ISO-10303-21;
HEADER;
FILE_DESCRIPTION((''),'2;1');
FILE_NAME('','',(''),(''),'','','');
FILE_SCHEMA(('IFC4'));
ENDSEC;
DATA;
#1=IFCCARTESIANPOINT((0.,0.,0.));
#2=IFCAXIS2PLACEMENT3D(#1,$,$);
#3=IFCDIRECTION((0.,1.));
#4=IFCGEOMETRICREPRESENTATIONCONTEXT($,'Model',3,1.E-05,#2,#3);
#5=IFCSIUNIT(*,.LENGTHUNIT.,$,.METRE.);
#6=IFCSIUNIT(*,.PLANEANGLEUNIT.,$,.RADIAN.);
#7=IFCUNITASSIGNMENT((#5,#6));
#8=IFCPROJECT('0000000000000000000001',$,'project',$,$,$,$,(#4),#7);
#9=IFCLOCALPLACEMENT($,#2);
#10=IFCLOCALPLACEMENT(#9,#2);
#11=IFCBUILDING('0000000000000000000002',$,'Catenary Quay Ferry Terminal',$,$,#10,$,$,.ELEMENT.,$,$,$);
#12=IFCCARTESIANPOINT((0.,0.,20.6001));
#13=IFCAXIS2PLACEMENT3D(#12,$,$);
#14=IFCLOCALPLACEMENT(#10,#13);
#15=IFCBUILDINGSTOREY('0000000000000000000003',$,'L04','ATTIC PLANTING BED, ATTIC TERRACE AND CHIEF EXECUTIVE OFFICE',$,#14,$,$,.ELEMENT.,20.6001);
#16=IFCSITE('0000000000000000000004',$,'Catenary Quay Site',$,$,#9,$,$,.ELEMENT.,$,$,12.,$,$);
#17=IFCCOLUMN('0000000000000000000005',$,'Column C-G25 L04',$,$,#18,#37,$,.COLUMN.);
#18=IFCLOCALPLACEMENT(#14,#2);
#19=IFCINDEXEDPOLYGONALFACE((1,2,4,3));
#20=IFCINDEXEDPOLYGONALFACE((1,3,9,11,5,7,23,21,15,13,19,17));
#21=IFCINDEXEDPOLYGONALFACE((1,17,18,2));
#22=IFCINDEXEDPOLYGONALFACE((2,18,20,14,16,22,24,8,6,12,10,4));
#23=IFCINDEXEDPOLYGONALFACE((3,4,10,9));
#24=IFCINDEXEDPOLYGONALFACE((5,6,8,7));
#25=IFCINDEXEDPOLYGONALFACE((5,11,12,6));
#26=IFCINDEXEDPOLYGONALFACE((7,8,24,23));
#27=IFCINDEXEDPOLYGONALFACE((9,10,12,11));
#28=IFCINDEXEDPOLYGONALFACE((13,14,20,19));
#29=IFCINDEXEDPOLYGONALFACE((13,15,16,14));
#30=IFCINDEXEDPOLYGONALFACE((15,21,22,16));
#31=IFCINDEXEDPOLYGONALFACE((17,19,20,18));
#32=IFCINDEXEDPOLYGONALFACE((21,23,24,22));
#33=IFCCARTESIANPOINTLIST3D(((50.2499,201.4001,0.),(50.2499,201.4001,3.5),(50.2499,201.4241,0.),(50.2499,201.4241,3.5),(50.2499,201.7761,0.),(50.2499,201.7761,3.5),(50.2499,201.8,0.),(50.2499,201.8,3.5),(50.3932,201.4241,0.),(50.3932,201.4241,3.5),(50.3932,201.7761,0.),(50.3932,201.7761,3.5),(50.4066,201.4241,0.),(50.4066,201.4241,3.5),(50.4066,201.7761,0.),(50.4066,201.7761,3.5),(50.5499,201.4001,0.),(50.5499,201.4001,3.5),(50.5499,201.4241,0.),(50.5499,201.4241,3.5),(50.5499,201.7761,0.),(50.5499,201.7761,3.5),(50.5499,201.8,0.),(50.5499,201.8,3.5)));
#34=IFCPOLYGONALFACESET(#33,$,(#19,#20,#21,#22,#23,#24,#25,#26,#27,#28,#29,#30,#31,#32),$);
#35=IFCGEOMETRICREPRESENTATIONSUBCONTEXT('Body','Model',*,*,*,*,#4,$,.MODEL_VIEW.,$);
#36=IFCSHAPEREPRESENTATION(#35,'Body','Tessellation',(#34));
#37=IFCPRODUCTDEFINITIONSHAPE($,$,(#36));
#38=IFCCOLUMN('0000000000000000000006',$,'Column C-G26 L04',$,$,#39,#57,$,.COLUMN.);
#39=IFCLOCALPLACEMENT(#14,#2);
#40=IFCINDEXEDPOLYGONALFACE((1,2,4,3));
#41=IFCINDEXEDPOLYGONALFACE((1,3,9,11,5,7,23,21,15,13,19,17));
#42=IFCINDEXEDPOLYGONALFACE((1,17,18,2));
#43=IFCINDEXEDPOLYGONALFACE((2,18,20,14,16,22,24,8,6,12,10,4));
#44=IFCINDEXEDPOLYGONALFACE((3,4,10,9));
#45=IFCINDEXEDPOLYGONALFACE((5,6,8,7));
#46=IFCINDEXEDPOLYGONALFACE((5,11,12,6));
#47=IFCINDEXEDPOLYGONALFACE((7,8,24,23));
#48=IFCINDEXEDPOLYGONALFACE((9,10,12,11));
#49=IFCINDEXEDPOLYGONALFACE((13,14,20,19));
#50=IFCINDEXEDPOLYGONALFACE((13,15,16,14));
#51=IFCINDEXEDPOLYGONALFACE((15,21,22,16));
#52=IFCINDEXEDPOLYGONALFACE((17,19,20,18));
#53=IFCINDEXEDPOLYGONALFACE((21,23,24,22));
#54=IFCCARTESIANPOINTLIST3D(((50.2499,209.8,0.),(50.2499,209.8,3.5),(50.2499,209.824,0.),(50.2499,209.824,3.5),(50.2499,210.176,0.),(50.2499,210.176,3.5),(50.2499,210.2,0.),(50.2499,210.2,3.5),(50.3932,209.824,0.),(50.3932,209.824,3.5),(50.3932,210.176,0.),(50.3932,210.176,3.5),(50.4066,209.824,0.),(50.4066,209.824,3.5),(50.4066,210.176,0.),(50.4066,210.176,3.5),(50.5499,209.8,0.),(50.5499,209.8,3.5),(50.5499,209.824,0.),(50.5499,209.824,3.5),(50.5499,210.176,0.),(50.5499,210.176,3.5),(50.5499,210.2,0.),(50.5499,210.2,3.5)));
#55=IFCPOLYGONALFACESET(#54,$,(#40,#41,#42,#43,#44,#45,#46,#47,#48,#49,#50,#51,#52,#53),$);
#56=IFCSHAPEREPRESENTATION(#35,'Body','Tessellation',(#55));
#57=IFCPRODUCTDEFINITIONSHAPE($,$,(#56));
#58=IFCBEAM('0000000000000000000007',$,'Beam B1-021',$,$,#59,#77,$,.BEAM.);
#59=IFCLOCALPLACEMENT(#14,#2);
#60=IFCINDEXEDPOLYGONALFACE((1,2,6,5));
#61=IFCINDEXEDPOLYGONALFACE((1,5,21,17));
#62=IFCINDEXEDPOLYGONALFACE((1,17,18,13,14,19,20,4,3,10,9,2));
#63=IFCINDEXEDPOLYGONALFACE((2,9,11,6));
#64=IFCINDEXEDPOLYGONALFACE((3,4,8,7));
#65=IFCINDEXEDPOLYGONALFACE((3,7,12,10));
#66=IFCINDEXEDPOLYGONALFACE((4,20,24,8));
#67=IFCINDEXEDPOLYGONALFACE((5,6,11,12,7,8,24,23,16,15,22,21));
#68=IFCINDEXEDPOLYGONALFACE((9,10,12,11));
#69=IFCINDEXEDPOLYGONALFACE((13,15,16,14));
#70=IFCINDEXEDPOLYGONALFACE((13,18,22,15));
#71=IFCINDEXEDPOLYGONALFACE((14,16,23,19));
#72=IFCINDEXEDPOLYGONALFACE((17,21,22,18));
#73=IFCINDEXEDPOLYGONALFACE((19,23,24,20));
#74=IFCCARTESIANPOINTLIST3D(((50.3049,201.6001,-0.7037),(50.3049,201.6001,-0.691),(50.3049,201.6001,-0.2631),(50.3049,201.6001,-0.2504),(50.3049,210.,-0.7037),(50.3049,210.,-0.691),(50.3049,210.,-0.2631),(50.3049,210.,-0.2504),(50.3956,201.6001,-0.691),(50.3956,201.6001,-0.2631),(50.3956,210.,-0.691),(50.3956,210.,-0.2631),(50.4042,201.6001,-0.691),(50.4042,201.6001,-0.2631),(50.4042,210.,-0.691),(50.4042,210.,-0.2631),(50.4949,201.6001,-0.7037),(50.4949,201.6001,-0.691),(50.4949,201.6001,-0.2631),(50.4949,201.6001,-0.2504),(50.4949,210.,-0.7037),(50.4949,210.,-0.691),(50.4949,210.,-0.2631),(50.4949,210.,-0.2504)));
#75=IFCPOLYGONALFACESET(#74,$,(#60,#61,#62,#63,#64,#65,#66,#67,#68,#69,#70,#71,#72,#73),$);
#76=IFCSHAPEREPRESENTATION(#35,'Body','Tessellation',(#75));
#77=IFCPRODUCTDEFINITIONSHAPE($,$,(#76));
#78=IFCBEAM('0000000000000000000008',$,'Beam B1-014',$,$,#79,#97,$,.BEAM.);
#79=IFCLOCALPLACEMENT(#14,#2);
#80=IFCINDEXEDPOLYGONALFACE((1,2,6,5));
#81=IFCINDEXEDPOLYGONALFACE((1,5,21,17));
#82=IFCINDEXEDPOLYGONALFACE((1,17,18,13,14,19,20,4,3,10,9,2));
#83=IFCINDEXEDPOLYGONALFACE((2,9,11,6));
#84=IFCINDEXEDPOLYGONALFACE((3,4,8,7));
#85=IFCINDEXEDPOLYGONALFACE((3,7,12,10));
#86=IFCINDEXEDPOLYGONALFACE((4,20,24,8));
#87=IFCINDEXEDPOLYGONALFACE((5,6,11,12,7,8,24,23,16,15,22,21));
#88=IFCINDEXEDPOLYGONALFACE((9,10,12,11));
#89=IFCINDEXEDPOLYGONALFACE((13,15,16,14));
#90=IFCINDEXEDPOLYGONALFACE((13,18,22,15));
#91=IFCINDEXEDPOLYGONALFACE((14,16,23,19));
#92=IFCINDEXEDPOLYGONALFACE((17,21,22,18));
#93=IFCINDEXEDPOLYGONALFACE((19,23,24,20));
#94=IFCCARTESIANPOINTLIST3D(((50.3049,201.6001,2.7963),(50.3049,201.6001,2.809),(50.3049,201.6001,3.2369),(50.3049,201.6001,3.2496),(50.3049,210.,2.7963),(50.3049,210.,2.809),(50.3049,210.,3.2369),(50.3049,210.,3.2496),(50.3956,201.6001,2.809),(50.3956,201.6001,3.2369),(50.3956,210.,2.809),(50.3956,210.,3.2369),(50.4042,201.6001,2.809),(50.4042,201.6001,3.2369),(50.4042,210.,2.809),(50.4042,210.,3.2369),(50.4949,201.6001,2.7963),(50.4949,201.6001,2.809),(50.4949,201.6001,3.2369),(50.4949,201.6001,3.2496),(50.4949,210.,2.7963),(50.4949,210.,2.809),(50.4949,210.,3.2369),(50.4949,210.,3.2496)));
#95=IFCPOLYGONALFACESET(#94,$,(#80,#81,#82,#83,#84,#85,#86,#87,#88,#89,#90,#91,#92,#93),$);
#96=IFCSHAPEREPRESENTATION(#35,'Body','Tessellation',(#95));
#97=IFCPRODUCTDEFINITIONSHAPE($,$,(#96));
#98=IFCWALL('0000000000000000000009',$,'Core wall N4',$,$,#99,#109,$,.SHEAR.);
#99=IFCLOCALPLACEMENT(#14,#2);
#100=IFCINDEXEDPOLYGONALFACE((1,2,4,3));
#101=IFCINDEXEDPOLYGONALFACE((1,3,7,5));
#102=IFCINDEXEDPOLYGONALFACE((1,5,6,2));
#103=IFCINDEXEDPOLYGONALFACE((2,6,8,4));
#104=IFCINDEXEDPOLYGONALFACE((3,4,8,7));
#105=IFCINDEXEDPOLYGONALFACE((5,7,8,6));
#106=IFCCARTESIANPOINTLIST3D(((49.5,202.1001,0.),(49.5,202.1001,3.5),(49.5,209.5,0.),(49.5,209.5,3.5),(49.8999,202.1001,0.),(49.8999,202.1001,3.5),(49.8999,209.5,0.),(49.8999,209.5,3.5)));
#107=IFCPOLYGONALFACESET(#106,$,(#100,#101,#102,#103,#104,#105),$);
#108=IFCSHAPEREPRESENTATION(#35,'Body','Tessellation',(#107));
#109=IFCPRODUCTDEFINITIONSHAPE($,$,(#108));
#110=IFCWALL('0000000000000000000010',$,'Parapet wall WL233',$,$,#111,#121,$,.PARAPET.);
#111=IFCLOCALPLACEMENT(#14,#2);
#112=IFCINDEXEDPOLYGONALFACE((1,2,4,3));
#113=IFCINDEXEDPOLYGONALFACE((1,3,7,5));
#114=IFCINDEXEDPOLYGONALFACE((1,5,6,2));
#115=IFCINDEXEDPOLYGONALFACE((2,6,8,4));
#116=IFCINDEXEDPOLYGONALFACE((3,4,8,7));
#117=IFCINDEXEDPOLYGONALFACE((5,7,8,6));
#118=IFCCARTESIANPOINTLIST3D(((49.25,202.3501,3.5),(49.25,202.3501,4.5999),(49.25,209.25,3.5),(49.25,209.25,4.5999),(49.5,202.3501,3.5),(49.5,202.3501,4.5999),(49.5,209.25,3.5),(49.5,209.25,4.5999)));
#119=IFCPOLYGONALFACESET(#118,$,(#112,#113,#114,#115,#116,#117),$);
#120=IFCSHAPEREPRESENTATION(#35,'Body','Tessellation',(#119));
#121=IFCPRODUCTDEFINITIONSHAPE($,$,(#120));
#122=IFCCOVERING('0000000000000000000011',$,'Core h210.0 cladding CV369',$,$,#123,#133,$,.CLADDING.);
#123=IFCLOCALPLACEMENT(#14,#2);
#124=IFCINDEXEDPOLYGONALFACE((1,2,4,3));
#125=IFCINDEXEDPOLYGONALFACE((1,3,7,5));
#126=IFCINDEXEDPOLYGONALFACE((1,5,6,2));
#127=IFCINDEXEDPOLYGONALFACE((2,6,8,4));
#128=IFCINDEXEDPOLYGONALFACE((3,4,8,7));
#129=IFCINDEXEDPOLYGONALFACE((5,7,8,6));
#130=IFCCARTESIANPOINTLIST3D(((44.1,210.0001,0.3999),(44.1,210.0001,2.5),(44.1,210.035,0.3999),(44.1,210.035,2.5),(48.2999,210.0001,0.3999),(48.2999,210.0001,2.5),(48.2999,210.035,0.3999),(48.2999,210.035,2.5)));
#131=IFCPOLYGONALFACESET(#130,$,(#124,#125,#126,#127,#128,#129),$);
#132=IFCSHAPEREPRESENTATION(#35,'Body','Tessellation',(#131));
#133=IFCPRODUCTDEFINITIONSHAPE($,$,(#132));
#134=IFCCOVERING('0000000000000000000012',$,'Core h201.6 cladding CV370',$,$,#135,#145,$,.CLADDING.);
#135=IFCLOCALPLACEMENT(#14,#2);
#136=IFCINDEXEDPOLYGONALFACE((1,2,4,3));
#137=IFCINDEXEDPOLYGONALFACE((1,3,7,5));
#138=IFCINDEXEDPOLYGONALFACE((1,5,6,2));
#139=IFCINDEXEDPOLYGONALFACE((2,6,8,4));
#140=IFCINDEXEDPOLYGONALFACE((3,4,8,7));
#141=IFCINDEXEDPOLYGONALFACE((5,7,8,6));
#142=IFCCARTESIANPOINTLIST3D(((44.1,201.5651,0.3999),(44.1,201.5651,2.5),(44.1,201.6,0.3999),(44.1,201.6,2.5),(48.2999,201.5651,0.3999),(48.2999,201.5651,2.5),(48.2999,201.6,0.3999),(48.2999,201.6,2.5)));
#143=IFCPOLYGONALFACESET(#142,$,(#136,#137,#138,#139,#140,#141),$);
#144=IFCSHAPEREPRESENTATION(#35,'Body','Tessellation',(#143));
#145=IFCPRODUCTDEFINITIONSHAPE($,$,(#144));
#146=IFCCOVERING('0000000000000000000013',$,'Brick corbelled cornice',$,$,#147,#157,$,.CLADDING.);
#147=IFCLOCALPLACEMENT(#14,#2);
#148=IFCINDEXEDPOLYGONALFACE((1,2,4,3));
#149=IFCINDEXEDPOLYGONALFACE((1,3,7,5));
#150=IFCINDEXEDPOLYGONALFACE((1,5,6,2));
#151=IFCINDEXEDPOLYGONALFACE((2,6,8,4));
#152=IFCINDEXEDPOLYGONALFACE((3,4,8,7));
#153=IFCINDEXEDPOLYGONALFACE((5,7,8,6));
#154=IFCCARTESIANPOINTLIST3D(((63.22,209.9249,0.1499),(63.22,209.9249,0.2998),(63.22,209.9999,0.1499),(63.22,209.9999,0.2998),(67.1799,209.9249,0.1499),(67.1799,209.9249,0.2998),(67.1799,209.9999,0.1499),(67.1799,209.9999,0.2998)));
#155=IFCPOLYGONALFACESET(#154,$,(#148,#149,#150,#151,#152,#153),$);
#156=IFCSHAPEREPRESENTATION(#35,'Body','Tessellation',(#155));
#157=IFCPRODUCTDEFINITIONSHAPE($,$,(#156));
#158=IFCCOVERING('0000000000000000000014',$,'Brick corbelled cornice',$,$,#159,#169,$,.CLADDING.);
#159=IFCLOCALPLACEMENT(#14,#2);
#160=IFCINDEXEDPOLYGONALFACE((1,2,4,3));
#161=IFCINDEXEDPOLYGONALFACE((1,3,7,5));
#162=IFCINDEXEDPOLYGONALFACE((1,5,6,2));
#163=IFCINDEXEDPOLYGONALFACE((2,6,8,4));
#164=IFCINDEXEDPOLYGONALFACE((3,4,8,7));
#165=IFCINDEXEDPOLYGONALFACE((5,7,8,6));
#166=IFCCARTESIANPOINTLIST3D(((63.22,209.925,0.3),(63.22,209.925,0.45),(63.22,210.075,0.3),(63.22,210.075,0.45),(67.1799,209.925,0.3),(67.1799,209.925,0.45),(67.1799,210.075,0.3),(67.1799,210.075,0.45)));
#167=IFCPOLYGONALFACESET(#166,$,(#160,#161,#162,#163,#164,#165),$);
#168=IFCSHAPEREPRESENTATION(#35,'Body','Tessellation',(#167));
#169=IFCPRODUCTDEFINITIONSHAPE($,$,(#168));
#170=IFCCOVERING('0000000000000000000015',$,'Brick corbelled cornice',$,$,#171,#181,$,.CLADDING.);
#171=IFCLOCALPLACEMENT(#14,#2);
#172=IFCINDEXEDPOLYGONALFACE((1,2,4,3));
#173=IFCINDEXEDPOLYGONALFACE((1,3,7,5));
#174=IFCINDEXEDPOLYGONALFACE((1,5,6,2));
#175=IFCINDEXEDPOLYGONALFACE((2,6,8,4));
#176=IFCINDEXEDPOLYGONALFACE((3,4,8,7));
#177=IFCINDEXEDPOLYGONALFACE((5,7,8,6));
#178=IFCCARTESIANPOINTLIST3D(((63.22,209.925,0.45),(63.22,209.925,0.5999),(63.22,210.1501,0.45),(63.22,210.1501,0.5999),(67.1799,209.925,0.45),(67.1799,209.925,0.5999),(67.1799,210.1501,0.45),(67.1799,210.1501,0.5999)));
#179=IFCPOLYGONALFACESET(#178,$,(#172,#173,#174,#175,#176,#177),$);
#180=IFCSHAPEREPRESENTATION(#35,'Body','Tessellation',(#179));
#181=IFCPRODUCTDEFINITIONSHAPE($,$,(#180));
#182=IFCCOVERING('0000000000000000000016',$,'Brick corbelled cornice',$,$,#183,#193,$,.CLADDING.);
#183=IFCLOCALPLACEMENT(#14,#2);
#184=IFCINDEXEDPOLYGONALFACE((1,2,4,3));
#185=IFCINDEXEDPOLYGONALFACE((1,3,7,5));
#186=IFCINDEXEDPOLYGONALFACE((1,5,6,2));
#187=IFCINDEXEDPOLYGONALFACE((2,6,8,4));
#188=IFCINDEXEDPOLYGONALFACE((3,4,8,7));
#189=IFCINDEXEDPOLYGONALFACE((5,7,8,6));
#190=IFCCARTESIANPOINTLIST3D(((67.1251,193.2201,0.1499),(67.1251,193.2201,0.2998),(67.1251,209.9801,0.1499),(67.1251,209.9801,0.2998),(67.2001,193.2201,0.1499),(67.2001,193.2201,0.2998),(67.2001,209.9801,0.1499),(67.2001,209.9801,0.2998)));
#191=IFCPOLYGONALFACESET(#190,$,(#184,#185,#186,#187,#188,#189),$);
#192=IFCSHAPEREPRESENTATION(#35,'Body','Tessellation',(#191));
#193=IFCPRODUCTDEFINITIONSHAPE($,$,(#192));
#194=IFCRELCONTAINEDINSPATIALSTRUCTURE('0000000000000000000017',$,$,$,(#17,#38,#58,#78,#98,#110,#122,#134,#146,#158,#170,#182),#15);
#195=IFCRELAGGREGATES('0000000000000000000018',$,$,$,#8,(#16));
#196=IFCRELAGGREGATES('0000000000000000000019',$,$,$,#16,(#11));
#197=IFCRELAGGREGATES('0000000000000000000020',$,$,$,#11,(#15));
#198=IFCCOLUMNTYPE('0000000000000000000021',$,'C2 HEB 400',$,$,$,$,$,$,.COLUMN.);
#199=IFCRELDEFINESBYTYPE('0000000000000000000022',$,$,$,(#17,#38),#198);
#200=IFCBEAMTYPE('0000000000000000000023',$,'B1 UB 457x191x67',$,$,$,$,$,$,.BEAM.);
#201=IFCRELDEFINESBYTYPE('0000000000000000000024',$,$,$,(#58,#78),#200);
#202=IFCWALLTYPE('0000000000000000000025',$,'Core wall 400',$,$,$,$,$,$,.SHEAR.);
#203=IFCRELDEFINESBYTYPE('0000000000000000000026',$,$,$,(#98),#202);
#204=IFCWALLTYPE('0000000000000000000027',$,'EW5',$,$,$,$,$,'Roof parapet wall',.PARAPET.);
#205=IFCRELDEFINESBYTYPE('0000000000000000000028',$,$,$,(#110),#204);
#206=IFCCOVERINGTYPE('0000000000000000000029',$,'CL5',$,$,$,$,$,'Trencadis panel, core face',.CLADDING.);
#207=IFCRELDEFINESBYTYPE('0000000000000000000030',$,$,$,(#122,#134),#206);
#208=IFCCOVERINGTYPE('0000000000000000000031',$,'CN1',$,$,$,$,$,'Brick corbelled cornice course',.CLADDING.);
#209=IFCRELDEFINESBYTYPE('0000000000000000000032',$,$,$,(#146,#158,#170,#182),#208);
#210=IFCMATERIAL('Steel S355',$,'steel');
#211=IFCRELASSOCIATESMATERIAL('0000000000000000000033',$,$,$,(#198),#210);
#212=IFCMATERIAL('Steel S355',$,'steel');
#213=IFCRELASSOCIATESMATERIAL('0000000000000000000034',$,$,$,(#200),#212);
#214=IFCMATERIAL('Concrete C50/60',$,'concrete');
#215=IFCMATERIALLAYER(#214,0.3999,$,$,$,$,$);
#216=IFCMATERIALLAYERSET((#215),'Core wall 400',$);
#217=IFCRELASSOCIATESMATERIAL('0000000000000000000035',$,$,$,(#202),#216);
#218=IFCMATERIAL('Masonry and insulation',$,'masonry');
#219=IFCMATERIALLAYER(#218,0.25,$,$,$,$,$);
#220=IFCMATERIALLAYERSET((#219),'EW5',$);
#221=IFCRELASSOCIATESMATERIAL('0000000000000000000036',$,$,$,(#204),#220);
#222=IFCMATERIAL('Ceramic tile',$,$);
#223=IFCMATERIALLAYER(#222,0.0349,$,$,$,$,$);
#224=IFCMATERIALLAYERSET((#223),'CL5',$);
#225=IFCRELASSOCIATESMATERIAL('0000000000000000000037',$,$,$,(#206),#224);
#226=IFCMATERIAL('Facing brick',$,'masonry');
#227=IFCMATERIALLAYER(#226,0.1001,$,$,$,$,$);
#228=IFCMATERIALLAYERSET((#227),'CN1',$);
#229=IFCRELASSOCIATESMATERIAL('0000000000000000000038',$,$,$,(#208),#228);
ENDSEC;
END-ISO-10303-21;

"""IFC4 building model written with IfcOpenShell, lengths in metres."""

from ifc_helpers import new_model, si_unit, direction, frame, frame_2d, origin, origin_2d, place, context, subcontext, project, spatial, rectangle, i_section, extrude, material, layer, layer_set, material_profile, profile_set, type_object, element, save


model = new_model("IFC4")

# Units and contexts
model_context = context("Model", 3, precision=1e-05, world=origin(), true_north=direction((0.0, 1.0)))
body_context = subcontext(model_context, "Body", "Model", "MODEL_VIEW")
ifc_project = project(units=[si_unit("LENGTHUNIT", "METRE"), si_unit("PLANEANGLEUNIT", "RADIAN")], contexts=[model_context])

# Site, building, storey
site_placement = place(None, origin())
site = spatial("IfcSite", under=ifc_project, at=site_placement, Name="Catenary Quay Site", CompositionType="ELEMENT", RefElevation=12.0)
building_placement = place(site_placement, origin())
building = spatial("IfcBuilding", under=site, at=building_placement, Name="Catenary Quay Ferry Terminal", CompositionType="ELEMENT")
storey_placement = place(building_placement, frame((0.0, 0.0, 20.6001)))
storey = spatial("IfcBuildingStorey", under=building, at=storey_placement, Name="L04", Description="ATTIC PLANTING BED, ATTIC TERRACE AND CHIEF EXECUTIVE OFFICE", CompositionType="ELEMENT", Elevation=20.6001)

# Columns
ifc_material_1 = material(Name="Steel S355", Category="steel")
ifc_material_profile_1 = material_profile(ifc_material_1, i_section(OverallWidth=0.3, OverallDepth=0.3999, WebThickness=0.0134, FlangeThickness=0.0239, at=origin_2d()), Name="HEB 400")
ifc_profile_set_1 = profile_set([ifc_material_profile_1], Name="Steel S355")
column_type = type_object("IfcColumnType", Name="C2 HEB 400", PredefinedType="COLUMN", material=ifc_profile_set_1)
for number, where, z_axis, x_axis, name in (
    (1, (50.3999, 201.6001, 0.0), (0.0, 0.0, 1.0), (1.0, 0.0, 0.0), "Column C-G25 L04"),
    (2, (50.3999, 210.0, 0.0), (0.0, 0.0, 1.0), (1.0, 0.0, 0.0), "Column C-G26 L04"),
):
    element("IfcColumn", number, at=place(storey_placement, frame(where, z_axis=z_axis, x_axis=x_axis)), inside=storey, type_object=column_type, Name=name, PredefinedType="COLUMN", context=body_context, shape_type="SweptSolid", body=[
        extrude(i_section(OverallWidth=0.3, OverallDepth=0.3999, WebThickness=0.0134, FlangeThickness=0.0239, at=origin_2d()), origin(), (0.0, 0.0, 1.0), 3.5),
    ])

# Beams
ifc_material_2 = material(Name="Steel S355", Category="steel")
ifc_material_profile_2 = material_profile(ifc_material_2, i_section(OverallWidth=0.1899, OverallDepth=0.4534, WebThickness=0.0085, FlangeThickness=0.0127, at=origin_2d()), Name="UB 457x191x67")
ifc_profile_set_2 = profile_set([ifc_material_profile_2], Name="Steel S355")
beam_type = type_object("IfcBeamType", Name="B1 UB 457x191x67", PredefinedType="BEAM", material=ifc_profile_set_2)
for number, where, z_axis, x_axis, name in (
    (3, (50.3999, 201.6001, -0.4771), (0.0, 1.0, 0.0), (-1.0, 0.0, 0.0), "Beam B1-021"),
    (4, (50.3999, 201.6001, 3.0229), (0.0, 1.0, 0.0), (-1.0, 0.0, 0.0), "Beam B1-014"),
):
    element("IfcBeam", number, at=place(storey_placement, frame(where, z_axis=z_axis, x_axis=x_axis)), inside=storey, type_object=beam_type, Name=name, PredefinedType="BEAM", context=body_context, shape_type="SweptSolid", body=[
        extrude(i_section(OverallWidth=0.1899, OverallDepth=0.4534, WebThickness=0.0085, FlangeThickness=0.0127, at=origin_2d()), origin(), (0.0, 0.0, 1.0), 8.3999),
    ])

# Walls
ifc_material_3 = material(Name="Concrete C50/60", Category="concrete")
ifc_layer_1 = layer(ifc_material_3, 0.3999)
ifc_layer_set_1 = layer_set([ifc_layer_1], Name="Core wall 400")
wall_type_1 = type_object("IfcWallType", Name="Core wall 400", PredefinedType="SHEAR", material=ifc_layer_set_1)
wall_1_placement = place(storey_placement, frame((49.7, 202.1001, 0.0), z_axis=(0.0, 0.0, 1.0), x_axis=(0.0, 1.0, 0.0)))
element("IfcWall", 5, at=wall_1_placement, inside=storey, type_object=wall_type_1, Name="Core wall N4", PredefinedType="SHEAR", context=body_context, shape_type="SweptSolid", body=[
    extrude(rectangle(XDim=7.3999, YDim=0.3999, at=frame_2d((3.7, 0.0))), origin(), (0.0, 0.0, 1.0), 3.5),
])
ifc_material_4 = material(Name="Masonry and insulation", Category="masonry")
ifc_layer_2 = layer(ifc_material_4, 0.25)
ifc_layer_set_2 = layer_set([ifc_layer_2], Name="EW5")
wall_type_2 = type_object("IfcWallType", Name="EW5", ElementType="Roof parapet wall", PredefinedType="PARAPET", material=ifc_layer_set_2)
wall_2_placement = place(storey_placement, frame((49.375, 202.3501, 3.5), z_axis=(0.0, 0.0, 1.0), x_axis=(0.0, 1.0, 0.0)))
element("IfcWall", 6, at=wall_2_placement, inside=storey, type_object=wall_type_2, Name="Parapet wall WL233", PredefinedType="PARAPET", context=body_context, shape_type="SweptSolid", body=[
    extrude(rectangle(XDim=6.8999, YDim=0.25, at=frame_2d((3.45, 0.0))), origin(), (0.0, 0.0, 1.0), 1.0999),
])

# Coverings
ifc_material_5 = material(Name="Ceramic tile")
ifc_layer_3 = layer(ifc_material_5, 0.0349)
ifc_layer_set_3 = layer_set([ifc_layer_3], Name="CL5")
covering_type_1 = type_object("IfcCoveringType", Name="CL5", ElementType="Trencadis panel, core face", PredefinedType="CLADDING", material=ifc_layer_set_3)
for number, where, z_axis, x_axis, name in (
    (7, (46.2, 210.0176, 0.3999), (0.0, 0.0, 1.0), (1.0, 0.0, 0.0), "Core h210.0 cladding CV369"),
    (8, (46.2, 201.5825, 0.3999), (0.0, 0.0, 1.0), (1.0, 0.0, 0.0), "Core h201.6 cladding CV370"),
):
    element("IfcCovering", number, at=place(storey_placement, frame(where, z_axis=z_axis, x_axis=x_axis)), inside=storey, type_object=covering_type_1, Name=name, PredefinedType="CLADDING", context=body_context, shape_type="SweptSolid", body=[
        extrude(rectangle(XDim=4.2, YDim=0.0349, at=origin_2d()), origin(), (0.0, 0.0, 1.0), 2.1001),
    ])
ifc_material_6 = material(Name="Facing brick", Category="masonry")
ifc_layer_4 = layer(ifc_material_6, 0.1001)
ifc_layer_set_4 = layer_set([ifc_layer_4], Name="CN1")
covering_type_2 = type_object("IfcCoveringType", Name="CN1", ElementType="Brick corbelled cornice course", PredefinedType="CLADDING", material=ifc_layer_set_4)
covering_1_placement = place(storey_placement, frame((65.2, 209.9624, 0.1499), z_axis=(0.0, 0.0, 1.0), x_axis=(1.0, 0.0, 0.0)))
element("IfcCovering", 9, at=covering_1_placement, inside=storey, type_object=covering_type_2, Name="Brick corbelled cornice", PredefinedType="CLADDING", context=body_context, shape_type="SweptSolid", body=[
    extrude(rectangle(XDim=3.96, YDim=0.075, at=origin_2d()), origin(), (0.0, 0.0, 1.0), 0.1499),
])
covering_2_placement = place(storey_placement, frame((65.2, 210.0, 0.3), z_axis=(0.0, 0.0, 1.0), x_axis=(1.0, 0.0, 0.0)))
element("IfcCovering", 10, at=covering_2_placement, inside=storey, type_object=covering_type_2, Name="Brick corbelled cornice", PredefinedType="CLADDING", context=body_context, shape_type="SweptSolid", body=[
    extrude(rectangle(XDim=3.96, YDim=0.1499, at=origin_2d()), origin(), (0.0, 0.0, 1.0), 0.1499),
])
covering_3_placement = place(storey_placement, frame((65.2, 210.0376, 0.45), z_axis=(0.0, 0.0, 1.0), x_axis=(1.0, 0.0, 0.0)))
element("IfcCovering", 11, at=covering_3_placement, inside=storey, type_object=covering_type_2, Name="Brick corbelled cornice", PredefinedType="CLADDING", context=body_context, shape_type="SweptSolid", body=[
    extrude(rectangle(XDim=3.96, YDim=0.2251, at=origin_2d()), origin(), (0.0, 0.0, 1.0), 0.1499),
])
covering_4_placement = place(storey_placement, frame((67.1626, 201.6001, 0.1499), z_axis=(0.0, 0.0, 1.0), x_axis=(1.0, 0.0, 0.0)))
element("IfcCovering", 12, at=covering_4_placement, inside=storey, type_object=covering_type_2, Name="Brick corbelled cornice", PredefinedType="CLADDING", context=body_context, shape_type="SweptSolid", body=[
    extrude(rectangle(XDim=0.075, YDim=16.76, at=origin_2d()), origin(), (0.0, 0.0, 1.0), 0.1499),
])

save(model, "model.ifc")
